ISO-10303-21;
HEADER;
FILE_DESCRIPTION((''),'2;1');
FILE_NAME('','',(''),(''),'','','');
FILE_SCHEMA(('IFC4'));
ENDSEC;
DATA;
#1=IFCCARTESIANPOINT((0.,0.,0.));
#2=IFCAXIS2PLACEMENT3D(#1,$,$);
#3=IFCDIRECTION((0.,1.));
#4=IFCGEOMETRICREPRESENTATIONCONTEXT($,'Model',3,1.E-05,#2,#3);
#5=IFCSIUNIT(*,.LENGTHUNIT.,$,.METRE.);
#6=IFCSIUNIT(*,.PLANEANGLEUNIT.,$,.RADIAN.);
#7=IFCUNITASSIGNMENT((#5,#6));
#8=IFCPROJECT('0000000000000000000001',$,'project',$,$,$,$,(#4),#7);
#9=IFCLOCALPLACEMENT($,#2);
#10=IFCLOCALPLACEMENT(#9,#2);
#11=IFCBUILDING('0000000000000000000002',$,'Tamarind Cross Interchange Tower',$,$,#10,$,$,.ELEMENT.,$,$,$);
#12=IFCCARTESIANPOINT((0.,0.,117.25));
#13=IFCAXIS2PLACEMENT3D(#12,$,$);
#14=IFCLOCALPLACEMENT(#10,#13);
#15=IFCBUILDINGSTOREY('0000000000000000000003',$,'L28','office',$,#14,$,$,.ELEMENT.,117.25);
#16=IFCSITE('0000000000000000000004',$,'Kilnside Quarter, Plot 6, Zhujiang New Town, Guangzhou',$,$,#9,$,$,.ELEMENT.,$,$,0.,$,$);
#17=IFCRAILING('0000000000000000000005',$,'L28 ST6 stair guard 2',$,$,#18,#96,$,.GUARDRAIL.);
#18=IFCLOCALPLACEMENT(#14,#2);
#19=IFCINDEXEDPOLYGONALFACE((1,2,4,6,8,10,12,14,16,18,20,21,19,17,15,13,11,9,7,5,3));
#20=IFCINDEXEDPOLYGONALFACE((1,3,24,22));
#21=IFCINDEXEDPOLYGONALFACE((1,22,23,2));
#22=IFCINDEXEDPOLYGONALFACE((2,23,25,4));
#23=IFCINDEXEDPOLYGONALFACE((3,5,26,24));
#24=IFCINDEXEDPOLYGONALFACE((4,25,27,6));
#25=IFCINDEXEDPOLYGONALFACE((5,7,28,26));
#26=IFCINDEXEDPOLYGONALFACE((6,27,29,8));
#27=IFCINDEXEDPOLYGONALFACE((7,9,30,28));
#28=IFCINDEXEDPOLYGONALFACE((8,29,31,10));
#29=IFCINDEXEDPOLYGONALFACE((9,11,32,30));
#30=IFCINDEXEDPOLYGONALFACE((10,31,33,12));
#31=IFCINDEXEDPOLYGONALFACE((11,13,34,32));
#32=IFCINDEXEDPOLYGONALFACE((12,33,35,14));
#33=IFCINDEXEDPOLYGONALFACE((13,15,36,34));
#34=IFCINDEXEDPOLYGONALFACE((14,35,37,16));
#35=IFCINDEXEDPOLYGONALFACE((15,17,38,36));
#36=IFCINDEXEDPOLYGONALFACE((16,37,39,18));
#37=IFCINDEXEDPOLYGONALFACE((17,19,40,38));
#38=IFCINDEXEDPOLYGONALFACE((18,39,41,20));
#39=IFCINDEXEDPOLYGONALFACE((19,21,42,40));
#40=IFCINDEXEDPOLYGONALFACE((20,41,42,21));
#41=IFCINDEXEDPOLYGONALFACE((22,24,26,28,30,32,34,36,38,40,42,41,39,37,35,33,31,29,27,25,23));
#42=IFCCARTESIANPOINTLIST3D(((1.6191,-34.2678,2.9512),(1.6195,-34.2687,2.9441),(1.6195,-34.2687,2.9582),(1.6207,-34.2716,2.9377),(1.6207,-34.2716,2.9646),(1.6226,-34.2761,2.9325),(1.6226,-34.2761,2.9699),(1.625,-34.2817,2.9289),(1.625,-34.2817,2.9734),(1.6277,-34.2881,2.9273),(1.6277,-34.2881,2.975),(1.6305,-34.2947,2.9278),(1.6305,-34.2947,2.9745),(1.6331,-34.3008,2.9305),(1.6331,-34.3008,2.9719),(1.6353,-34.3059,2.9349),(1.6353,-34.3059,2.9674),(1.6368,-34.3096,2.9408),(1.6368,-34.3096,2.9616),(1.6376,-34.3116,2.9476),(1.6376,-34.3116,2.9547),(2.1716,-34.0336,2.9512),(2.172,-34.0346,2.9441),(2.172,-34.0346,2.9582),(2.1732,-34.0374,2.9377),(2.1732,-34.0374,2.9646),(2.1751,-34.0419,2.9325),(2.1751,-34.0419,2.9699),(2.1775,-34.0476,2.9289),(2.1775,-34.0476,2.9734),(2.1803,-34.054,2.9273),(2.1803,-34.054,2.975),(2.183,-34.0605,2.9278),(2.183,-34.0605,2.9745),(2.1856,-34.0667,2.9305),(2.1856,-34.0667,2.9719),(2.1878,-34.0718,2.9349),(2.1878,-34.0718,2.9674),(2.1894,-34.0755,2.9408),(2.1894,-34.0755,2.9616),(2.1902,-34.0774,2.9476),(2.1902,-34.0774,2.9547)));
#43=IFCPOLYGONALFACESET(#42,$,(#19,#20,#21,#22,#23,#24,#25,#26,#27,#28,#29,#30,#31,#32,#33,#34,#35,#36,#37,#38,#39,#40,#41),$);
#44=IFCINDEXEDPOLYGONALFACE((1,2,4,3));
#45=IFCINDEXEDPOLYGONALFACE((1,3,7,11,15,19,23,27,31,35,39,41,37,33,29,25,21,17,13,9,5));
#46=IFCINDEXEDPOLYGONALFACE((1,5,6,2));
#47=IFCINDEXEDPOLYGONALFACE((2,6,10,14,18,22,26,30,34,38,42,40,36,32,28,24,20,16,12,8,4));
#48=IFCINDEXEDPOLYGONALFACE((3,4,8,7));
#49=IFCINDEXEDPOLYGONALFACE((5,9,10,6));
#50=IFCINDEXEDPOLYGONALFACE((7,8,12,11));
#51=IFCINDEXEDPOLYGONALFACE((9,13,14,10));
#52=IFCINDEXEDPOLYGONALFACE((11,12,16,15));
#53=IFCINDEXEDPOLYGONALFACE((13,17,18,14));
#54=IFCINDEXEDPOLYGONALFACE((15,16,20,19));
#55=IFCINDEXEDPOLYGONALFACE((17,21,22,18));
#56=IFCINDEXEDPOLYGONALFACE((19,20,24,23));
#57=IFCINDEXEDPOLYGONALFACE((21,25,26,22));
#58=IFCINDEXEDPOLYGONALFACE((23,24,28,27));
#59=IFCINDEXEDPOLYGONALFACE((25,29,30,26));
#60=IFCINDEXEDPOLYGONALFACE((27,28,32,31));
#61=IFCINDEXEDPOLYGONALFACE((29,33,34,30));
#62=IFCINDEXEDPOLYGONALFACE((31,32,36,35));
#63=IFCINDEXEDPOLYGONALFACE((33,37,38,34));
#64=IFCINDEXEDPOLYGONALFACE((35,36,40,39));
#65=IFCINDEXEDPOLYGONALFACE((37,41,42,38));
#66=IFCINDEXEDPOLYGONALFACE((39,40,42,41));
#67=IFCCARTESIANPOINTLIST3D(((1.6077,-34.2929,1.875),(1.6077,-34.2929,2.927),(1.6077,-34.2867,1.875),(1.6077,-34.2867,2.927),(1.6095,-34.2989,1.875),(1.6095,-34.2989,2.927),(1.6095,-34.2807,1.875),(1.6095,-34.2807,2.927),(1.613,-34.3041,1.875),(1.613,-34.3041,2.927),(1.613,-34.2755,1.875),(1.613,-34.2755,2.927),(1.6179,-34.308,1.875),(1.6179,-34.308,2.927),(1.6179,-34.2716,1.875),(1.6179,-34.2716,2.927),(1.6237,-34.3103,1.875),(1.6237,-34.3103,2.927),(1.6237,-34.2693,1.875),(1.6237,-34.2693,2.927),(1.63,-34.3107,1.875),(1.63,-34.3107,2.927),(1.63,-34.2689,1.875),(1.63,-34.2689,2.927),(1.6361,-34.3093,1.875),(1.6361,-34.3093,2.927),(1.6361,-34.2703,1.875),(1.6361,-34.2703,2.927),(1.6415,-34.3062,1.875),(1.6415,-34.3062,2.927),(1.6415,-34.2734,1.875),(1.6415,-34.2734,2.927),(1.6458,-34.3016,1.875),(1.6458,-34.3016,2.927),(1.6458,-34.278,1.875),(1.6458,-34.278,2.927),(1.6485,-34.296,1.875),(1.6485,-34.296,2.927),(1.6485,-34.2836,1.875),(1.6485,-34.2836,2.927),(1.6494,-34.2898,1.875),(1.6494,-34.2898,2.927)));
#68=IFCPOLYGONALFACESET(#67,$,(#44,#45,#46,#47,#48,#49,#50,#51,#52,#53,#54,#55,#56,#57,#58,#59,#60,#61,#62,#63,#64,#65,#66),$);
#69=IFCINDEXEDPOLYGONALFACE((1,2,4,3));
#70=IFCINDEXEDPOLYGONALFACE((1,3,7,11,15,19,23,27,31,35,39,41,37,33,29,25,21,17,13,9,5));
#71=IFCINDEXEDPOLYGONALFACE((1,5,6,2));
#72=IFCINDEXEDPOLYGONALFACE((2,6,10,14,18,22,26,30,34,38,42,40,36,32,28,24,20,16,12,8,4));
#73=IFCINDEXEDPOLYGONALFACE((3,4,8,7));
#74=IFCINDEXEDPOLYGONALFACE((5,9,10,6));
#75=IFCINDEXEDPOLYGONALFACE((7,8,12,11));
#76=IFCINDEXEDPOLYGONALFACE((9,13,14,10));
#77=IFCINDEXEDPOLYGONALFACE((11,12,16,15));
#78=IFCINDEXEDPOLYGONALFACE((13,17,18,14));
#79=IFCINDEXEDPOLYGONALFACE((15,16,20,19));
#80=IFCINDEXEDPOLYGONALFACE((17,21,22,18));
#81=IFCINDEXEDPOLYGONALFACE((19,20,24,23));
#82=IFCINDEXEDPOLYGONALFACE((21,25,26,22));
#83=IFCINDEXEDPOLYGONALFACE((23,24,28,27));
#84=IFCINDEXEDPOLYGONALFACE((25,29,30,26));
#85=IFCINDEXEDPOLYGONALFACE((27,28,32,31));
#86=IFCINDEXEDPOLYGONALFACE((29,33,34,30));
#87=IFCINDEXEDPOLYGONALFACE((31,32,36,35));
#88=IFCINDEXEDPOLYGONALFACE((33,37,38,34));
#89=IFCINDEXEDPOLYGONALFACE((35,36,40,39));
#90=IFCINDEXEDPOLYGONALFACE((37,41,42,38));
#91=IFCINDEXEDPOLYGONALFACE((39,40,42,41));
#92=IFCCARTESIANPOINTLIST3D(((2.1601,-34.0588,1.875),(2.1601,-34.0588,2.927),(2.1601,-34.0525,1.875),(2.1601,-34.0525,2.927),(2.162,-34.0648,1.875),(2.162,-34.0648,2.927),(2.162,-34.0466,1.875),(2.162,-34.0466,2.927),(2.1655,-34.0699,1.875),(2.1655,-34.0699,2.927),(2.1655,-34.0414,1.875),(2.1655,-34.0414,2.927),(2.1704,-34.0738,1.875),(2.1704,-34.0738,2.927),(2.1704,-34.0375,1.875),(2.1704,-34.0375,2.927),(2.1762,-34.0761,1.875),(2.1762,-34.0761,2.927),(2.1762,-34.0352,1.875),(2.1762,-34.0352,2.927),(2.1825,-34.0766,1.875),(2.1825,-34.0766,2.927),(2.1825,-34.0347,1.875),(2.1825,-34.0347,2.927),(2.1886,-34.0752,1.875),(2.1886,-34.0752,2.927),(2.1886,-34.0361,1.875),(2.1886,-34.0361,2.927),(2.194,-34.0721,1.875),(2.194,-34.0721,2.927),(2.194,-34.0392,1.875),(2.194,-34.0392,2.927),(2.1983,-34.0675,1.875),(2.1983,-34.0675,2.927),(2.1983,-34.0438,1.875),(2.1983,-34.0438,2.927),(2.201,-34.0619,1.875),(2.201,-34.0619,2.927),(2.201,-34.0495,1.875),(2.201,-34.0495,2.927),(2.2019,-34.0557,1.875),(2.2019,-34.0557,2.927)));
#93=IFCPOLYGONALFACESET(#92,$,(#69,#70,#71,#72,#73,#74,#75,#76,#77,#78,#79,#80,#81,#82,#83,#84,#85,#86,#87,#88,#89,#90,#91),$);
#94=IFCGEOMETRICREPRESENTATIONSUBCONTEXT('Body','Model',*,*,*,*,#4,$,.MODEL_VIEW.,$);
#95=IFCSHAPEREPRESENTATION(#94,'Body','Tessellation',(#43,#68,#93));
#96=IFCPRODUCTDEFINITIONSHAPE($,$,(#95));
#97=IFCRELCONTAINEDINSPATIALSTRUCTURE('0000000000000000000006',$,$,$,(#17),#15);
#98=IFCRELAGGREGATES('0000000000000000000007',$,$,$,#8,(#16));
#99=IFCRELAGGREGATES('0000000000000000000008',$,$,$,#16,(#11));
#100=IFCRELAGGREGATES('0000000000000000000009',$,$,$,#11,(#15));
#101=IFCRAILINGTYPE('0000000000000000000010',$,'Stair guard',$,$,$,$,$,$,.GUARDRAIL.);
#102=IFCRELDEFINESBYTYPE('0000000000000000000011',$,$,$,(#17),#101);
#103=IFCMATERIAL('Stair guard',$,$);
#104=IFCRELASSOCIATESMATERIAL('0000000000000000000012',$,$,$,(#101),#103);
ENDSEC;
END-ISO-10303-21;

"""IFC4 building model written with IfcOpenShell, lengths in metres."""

from ifc_helpers import new_model, si_unit, direction, frame, origin, origin_2d, place, context, subcontext, project, spatial, circle, extrude, material, type_object, element, save


model = new_model("IFC4")

# Units and contexts
model_context = context("Model", 3, precision=1e-05, world=origin(), true_north=direction((0.0, 1.0)))
body_context = subcontext(model_context, "Body", "Model", "MODEL_VIEW")
ifc_project = project(units=[si_unit("LENGTHUNIT", "METRE"), si_unit("PLANEANGLEUNIT", "RADIAN")], contexts=[model_context])

# Site, building, storey
site_placement = place(None, origin())
site = spatial("IfcSite", under=ifc_project, at=site_placement, Name="Kilnside Quarter, Plot 6, Zhujiang New Town, Guangzhou", CompositionType="ELEMENT", RefElevation=0.0)
building_placement = place(site_placement, origin())
building = spatial("IfcBuilding", under=site, at=building_placement, Name="Tamarind Cross Interchange Tower", CompositionType="ELEMENT")
storey_placement = place(building_placement, frame((0.0, 0.0, 117.25)))
storey = spatial("IfcBuildingStorey", under=building, at=storey_placement, Name="L28", Description="office", CompositionType="ELEMENT", Elevation=117.25)

# Railing
ifc_material_1 = material(Name="Stair guard")
railing_type_1 = type_object("IfcRailingType", Name="Stair guard", PredefinedType="GUARDRAIL", material=ifc_material_1)
railing_1_placement = place(storey_placement, frame((1.6284, -34.2898, 1.875)))
element("IfcRailing", 1, at=railing_1_placement, inside=storey, type_object=railing_type_1, Name="L28 ST6 stair guard 2", PredefinedType="GUARDRAIL", context=body_context, shape_type="SweptSolid", body=[
    extrude(circle(Radius=0.0239, at=origin_2d()), frame((0.0, 0.0, 1.0762), z_axis=(0.920737, 0.390184, 0.0), x_axis=(-0.390184, 0.920737, 0.0)), (0.0, 0.0, 1.0), 0.6001),
    extrude(circle(Radius=0.021, at=origin_2d()), origin(), (0.0, 0.0, 1.0), 1.052),
    extrude(circle(Radius=0.021, at=origin_2d()), frame((0.5525, 0.2341, 0.0)), (0.0, 0.0, 1.0), 1.052),
])

save(model, "model.ifc")
